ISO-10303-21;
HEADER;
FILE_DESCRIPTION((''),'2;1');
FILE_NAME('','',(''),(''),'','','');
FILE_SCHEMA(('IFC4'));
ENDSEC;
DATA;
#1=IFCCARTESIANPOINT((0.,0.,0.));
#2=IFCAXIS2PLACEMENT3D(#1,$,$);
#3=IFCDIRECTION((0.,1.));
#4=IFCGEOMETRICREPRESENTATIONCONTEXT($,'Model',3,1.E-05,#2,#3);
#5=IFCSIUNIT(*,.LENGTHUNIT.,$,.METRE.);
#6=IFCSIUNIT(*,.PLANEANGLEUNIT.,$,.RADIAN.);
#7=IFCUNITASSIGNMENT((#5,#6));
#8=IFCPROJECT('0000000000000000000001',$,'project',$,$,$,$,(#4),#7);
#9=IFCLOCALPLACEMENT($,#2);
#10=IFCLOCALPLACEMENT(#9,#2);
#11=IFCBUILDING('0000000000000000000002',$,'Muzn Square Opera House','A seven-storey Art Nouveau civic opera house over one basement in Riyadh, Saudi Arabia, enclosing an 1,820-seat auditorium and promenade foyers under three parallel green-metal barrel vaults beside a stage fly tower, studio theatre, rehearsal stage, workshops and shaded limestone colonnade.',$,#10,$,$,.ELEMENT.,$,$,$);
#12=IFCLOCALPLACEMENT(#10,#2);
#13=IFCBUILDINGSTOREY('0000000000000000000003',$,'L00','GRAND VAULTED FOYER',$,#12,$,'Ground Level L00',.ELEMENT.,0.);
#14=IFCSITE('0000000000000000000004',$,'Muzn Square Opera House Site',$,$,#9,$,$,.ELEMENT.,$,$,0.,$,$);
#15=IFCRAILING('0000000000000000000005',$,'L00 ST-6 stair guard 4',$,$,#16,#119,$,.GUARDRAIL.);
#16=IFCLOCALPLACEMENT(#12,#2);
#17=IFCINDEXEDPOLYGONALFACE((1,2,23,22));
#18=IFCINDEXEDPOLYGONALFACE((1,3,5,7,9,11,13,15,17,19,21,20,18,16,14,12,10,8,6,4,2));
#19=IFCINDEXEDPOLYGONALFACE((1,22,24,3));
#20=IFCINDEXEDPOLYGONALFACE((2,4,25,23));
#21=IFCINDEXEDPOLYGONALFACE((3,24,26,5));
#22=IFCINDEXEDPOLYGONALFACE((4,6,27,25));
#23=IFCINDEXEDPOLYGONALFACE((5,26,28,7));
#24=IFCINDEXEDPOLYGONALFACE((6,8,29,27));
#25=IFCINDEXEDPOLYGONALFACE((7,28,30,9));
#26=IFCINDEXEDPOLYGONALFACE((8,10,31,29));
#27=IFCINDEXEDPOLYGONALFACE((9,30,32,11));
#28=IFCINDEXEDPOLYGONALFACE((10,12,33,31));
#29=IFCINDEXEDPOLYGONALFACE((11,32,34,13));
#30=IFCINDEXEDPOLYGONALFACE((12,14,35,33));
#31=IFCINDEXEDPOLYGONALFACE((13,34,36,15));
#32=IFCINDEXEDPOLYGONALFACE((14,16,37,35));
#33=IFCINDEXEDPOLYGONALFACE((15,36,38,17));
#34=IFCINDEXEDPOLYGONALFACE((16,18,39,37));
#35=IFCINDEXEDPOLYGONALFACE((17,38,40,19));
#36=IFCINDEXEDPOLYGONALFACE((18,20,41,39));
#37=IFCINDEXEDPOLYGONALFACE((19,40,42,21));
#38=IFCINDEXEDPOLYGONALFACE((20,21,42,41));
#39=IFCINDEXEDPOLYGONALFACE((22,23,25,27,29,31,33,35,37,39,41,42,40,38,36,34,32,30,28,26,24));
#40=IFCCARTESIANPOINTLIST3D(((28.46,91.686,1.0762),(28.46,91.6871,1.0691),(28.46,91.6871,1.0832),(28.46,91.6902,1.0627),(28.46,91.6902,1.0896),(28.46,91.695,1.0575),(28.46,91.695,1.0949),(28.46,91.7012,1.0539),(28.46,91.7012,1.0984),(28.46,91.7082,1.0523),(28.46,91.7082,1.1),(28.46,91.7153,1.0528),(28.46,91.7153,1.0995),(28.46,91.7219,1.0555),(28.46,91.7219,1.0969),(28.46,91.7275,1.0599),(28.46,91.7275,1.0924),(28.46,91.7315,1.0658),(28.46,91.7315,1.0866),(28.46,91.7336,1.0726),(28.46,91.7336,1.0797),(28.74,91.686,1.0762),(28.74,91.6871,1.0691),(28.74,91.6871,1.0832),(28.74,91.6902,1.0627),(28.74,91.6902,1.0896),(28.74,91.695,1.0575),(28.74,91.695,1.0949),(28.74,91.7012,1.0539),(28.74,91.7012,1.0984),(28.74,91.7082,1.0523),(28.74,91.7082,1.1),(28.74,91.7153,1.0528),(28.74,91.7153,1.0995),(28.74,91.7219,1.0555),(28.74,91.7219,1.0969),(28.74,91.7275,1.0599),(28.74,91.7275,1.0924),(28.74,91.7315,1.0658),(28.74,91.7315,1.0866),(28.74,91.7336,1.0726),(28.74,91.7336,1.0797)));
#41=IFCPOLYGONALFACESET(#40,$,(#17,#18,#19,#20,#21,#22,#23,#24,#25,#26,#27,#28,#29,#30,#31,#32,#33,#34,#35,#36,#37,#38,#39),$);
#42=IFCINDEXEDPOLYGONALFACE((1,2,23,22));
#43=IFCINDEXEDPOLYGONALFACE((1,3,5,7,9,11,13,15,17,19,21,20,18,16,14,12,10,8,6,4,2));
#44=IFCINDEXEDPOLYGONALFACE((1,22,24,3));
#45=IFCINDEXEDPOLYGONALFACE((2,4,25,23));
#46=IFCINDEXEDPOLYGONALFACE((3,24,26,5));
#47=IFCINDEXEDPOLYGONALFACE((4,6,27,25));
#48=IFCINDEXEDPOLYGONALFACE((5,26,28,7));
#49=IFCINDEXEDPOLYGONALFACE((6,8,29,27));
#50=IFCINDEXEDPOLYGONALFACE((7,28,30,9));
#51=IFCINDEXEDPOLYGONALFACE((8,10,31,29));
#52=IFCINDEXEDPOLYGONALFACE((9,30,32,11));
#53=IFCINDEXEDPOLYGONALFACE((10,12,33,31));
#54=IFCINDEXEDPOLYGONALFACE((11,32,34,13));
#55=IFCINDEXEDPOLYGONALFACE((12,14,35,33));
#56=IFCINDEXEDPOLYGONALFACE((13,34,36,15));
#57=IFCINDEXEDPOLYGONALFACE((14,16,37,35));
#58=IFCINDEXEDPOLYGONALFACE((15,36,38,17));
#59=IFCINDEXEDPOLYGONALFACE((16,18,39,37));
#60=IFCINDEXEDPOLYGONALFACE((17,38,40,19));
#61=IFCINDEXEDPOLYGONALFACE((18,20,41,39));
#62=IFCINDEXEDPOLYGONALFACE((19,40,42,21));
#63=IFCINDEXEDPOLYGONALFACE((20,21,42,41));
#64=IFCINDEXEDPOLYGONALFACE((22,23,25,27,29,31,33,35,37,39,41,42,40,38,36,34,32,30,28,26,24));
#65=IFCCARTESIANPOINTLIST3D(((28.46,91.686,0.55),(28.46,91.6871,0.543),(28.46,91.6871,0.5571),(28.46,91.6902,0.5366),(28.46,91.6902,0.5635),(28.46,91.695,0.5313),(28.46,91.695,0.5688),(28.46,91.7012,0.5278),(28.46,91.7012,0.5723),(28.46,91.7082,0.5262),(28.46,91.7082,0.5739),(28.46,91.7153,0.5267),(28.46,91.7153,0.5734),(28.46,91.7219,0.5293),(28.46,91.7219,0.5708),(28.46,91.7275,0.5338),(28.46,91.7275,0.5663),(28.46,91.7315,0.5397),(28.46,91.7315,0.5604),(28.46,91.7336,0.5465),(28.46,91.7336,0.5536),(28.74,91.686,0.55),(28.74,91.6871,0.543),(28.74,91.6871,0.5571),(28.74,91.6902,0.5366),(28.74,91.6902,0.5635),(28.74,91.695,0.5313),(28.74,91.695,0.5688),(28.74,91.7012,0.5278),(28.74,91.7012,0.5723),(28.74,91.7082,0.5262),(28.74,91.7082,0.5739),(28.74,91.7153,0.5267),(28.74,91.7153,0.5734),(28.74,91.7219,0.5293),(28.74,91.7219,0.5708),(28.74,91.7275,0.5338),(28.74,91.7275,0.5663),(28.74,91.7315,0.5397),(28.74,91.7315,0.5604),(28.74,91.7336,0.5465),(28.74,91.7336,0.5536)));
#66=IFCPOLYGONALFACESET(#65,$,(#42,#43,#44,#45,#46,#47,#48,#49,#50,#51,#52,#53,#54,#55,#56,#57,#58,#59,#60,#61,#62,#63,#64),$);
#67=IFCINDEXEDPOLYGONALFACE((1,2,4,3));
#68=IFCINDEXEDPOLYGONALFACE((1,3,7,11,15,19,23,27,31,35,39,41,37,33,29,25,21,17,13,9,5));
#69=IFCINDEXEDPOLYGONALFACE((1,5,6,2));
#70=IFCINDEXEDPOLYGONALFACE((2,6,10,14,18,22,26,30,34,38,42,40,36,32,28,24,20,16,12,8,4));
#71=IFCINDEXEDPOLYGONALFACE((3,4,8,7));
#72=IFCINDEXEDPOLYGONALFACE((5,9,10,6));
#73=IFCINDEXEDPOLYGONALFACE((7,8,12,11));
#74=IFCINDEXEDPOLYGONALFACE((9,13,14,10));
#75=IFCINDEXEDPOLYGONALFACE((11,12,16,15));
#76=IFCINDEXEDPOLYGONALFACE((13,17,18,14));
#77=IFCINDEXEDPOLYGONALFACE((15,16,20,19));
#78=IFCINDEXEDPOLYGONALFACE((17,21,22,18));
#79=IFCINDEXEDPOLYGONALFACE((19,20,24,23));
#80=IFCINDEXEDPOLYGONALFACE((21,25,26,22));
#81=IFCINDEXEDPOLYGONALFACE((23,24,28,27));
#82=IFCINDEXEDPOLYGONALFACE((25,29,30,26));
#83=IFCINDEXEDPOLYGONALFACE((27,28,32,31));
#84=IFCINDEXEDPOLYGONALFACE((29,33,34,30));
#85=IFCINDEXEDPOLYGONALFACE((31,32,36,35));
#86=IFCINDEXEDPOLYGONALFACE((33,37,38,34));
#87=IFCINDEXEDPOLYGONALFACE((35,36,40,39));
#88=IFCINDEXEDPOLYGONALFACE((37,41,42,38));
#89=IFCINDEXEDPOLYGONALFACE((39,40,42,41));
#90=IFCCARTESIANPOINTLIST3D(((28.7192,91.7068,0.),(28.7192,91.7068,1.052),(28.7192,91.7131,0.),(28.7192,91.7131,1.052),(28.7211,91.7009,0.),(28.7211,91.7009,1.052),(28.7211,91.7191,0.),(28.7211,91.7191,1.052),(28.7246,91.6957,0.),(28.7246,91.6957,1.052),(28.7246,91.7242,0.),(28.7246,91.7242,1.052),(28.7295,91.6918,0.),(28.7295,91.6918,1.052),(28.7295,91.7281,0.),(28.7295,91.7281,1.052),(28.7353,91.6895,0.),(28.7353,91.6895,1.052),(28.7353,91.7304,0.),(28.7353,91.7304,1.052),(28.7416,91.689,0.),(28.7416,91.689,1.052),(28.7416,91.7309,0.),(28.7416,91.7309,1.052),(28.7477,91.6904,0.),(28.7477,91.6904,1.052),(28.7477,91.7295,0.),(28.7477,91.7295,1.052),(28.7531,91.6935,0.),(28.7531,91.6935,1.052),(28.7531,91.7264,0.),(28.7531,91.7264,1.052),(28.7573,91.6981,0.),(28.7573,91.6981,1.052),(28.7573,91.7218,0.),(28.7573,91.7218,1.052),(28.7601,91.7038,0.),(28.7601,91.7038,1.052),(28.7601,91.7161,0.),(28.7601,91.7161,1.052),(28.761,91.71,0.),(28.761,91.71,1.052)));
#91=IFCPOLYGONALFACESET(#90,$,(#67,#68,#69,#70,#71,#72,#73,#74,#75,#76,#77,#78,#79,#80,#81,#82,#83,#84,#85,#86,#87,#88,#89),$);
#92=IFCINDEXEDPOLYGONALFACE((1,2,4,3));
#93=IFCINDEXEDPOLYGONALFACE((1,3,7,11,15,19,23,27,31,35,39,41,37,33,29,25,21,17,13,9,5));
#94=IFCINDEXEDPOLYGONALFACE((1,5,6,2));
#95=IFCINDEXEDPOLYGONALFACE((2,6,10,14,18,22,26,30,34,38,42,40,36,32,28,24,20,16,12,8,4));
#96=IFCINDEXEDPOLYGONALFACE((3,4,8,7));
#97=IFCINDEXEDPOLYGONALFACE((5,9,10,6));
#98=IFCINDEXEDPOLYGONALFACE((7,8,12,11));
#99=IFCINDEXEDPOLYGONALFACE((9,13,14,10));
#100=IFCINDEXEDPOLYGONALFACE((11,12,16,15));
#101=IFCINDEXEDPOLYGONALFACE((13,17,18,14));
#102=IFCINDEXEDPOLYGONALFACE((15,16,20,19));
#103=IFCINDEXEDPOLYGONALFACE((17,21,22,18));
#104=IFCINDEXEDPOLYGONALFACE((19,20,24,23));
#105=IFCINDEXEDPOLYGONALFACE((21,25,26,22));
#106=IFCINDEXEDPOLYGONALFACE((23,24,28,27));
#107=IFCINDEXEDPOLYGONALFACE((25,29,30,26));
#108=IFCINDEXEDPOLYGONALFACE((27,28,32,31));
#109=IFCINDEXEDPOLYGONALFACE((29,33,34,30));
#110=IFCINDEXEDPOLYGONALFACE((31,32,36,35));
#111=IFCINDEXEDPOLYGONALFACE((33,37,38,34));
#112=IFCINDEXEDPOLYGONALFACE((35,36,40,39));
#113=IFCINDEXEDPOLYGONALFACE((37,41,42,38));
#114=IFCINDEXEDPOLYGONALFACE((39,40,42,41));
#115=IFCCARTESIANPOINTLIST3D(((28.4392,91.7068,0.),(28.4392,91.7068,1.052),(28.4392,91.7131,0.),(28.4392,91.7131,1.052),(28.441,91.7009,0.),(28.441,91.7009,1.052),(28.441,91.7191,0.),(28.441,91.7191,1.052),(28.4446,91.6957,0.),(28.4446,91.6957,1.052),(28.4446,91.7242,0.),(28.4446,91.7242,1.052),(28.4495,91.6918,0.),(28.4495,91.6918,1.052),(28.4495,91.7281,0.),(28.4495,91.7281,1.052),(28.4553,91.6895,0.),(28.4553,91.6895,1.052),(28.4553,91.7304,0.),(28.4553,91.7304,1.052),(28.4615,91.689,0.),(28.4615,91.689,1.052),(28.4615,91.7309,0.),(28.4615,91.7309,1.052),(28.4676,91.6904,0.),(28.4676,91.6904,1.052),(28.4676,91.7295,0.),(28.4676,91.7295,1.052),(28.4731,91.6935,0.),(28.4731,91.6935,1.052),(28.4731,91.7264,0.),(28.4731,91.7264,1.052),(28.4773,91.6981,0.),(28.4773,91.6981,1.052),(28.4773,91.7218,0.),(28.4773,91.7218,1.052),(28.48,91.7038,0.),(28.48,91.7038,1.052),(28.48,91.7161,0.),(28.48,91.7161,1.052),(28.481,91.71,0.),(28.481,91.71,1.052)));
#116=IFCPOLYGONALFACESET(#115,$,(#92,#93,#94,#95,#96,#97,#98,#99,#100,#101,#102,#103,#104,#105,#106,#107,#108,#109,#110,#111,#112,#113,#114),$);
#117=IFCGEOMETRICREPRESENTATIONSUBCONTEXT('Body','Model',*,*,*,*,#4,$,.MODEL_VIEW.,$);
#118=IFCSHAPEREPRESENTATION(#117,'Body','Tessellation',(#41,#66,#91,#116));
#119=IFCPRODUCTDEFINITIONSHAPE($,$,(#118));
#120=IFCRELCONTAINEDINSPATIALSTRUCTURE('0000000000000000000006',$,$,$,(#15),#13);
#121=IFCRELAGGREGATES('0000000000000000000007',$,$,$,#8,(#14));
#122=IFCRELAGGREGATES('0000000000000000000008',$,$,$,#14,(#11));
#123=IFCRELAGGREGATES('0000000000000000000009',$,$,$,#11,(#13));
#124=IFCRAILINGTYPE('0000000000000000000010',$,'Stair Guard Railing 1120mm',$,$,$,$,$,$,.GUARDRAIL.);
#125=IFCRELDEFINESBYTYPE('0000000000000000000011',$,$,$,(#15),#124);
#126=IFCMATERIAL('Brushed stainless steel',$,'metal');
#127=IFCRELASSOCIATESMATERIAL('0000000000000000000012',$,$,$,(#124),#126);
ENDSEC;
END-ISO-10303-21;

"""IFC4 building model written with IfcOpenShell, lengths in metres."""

from ifc_helpers import new_model, si_unit, direction, frame, origin, origin_2d, place, context, subcontext, project, spatial, circle, extrude, material, type_object, element, save


model = new_model("IFC4")

# Units and contexts
model_context = context("Model", 3, precision=1e-05, world=origin(), true_north=direction((0.0, 1.0)))
body_context = subcontext(model_context, "Body", "Model", "MODEL_VIEW")
ifc_project = project(units=[si_unit("LENGTHUNIT", "METRE"), si_unit("PLANEANGLEUNIT", "RADIAN")], contexts=[model_context])

# Site, building, storey
site_placement = place(None, origin())
site = spatial("IfcSite", under=ifc_project, at=site_placement, Name="Muzn Square Opera House Site", CompositionType="ELEMENT", RefElevation=0.0)
building_placement = place(site_placement, origin())
building = spatial("IfcBuilding", under=site, at=building_placement, Name="Muzn Square Opera House", Description="A seven-storey Art Nouveau civic opera house over one basement in Riyadh, Saudi Arabia, enclosing an 1,820-seat auditorium and promenade foyers under three parallel green-metal barrel vaults beside a stage fly tower, studio theatre, rehearsal stage, workshops and shaded limestone colonnade.", CompositionType="ELEMENT")
storey_placement = place(building_placement, origin())
storey = spatial("IfcBuildingStorey", under=building, at=storey_placement, Name="L00", Description="GRAND VAULTED FOYER", LongName="Ground Level L00", CompositionType="ELEMENT", Elevation=0.0)

# Railing
ifc_material_1 = material(Name="Brushed stainless steel", Category="metal")
railing_type_1 = type_object("IfcRailingType", Name="Stair Guard Railing 1120mm", PredefinedType="GUARDRAIL", material=ifc_material_1)
railing_1_placement = place(storey_placement, frame((28.74, 91.71, 0.0)))
element("IfcRailing", 1, at=railing_1_placement, inside=storey, type_object=railing_type_1, Name="L00 ST-6 stair guard 4", PredefinedType="GUARDRAIL", context=body_context, shape_type="SweptSolid", body=[
    extrude(circle(Radius=0.0239, at=origin_2d()), frame((0.0, 0.0, 1.0762), z_axis=(-1.0, 0.0, 0.0), x_axis=(0.0, -1.0, 0.0)), (0.0, 0.0, 1.0), 0.28),
    extrude(circle(Radius=0.0239, at=origin_2d()), frame((0.0, 0.0, 0.55), z_axis=(-1.0, 0.0, 0.0), x_axis=(0.0, -1.0, 0.0)), (0.0, 0.0, 1.0), 0.28),
    extrude(circle(Radius=0.021, at=origin_2d()), origin(), (0.0, 0.0, 1.0), 1.052),
    extrude(circle(Radius=0.021, at=origin_2d()), frame((-0.28, 0.0, 0.0)), (0.0, 0.0, 1.0), 1.052),
])

save(model, "model.ifc")
